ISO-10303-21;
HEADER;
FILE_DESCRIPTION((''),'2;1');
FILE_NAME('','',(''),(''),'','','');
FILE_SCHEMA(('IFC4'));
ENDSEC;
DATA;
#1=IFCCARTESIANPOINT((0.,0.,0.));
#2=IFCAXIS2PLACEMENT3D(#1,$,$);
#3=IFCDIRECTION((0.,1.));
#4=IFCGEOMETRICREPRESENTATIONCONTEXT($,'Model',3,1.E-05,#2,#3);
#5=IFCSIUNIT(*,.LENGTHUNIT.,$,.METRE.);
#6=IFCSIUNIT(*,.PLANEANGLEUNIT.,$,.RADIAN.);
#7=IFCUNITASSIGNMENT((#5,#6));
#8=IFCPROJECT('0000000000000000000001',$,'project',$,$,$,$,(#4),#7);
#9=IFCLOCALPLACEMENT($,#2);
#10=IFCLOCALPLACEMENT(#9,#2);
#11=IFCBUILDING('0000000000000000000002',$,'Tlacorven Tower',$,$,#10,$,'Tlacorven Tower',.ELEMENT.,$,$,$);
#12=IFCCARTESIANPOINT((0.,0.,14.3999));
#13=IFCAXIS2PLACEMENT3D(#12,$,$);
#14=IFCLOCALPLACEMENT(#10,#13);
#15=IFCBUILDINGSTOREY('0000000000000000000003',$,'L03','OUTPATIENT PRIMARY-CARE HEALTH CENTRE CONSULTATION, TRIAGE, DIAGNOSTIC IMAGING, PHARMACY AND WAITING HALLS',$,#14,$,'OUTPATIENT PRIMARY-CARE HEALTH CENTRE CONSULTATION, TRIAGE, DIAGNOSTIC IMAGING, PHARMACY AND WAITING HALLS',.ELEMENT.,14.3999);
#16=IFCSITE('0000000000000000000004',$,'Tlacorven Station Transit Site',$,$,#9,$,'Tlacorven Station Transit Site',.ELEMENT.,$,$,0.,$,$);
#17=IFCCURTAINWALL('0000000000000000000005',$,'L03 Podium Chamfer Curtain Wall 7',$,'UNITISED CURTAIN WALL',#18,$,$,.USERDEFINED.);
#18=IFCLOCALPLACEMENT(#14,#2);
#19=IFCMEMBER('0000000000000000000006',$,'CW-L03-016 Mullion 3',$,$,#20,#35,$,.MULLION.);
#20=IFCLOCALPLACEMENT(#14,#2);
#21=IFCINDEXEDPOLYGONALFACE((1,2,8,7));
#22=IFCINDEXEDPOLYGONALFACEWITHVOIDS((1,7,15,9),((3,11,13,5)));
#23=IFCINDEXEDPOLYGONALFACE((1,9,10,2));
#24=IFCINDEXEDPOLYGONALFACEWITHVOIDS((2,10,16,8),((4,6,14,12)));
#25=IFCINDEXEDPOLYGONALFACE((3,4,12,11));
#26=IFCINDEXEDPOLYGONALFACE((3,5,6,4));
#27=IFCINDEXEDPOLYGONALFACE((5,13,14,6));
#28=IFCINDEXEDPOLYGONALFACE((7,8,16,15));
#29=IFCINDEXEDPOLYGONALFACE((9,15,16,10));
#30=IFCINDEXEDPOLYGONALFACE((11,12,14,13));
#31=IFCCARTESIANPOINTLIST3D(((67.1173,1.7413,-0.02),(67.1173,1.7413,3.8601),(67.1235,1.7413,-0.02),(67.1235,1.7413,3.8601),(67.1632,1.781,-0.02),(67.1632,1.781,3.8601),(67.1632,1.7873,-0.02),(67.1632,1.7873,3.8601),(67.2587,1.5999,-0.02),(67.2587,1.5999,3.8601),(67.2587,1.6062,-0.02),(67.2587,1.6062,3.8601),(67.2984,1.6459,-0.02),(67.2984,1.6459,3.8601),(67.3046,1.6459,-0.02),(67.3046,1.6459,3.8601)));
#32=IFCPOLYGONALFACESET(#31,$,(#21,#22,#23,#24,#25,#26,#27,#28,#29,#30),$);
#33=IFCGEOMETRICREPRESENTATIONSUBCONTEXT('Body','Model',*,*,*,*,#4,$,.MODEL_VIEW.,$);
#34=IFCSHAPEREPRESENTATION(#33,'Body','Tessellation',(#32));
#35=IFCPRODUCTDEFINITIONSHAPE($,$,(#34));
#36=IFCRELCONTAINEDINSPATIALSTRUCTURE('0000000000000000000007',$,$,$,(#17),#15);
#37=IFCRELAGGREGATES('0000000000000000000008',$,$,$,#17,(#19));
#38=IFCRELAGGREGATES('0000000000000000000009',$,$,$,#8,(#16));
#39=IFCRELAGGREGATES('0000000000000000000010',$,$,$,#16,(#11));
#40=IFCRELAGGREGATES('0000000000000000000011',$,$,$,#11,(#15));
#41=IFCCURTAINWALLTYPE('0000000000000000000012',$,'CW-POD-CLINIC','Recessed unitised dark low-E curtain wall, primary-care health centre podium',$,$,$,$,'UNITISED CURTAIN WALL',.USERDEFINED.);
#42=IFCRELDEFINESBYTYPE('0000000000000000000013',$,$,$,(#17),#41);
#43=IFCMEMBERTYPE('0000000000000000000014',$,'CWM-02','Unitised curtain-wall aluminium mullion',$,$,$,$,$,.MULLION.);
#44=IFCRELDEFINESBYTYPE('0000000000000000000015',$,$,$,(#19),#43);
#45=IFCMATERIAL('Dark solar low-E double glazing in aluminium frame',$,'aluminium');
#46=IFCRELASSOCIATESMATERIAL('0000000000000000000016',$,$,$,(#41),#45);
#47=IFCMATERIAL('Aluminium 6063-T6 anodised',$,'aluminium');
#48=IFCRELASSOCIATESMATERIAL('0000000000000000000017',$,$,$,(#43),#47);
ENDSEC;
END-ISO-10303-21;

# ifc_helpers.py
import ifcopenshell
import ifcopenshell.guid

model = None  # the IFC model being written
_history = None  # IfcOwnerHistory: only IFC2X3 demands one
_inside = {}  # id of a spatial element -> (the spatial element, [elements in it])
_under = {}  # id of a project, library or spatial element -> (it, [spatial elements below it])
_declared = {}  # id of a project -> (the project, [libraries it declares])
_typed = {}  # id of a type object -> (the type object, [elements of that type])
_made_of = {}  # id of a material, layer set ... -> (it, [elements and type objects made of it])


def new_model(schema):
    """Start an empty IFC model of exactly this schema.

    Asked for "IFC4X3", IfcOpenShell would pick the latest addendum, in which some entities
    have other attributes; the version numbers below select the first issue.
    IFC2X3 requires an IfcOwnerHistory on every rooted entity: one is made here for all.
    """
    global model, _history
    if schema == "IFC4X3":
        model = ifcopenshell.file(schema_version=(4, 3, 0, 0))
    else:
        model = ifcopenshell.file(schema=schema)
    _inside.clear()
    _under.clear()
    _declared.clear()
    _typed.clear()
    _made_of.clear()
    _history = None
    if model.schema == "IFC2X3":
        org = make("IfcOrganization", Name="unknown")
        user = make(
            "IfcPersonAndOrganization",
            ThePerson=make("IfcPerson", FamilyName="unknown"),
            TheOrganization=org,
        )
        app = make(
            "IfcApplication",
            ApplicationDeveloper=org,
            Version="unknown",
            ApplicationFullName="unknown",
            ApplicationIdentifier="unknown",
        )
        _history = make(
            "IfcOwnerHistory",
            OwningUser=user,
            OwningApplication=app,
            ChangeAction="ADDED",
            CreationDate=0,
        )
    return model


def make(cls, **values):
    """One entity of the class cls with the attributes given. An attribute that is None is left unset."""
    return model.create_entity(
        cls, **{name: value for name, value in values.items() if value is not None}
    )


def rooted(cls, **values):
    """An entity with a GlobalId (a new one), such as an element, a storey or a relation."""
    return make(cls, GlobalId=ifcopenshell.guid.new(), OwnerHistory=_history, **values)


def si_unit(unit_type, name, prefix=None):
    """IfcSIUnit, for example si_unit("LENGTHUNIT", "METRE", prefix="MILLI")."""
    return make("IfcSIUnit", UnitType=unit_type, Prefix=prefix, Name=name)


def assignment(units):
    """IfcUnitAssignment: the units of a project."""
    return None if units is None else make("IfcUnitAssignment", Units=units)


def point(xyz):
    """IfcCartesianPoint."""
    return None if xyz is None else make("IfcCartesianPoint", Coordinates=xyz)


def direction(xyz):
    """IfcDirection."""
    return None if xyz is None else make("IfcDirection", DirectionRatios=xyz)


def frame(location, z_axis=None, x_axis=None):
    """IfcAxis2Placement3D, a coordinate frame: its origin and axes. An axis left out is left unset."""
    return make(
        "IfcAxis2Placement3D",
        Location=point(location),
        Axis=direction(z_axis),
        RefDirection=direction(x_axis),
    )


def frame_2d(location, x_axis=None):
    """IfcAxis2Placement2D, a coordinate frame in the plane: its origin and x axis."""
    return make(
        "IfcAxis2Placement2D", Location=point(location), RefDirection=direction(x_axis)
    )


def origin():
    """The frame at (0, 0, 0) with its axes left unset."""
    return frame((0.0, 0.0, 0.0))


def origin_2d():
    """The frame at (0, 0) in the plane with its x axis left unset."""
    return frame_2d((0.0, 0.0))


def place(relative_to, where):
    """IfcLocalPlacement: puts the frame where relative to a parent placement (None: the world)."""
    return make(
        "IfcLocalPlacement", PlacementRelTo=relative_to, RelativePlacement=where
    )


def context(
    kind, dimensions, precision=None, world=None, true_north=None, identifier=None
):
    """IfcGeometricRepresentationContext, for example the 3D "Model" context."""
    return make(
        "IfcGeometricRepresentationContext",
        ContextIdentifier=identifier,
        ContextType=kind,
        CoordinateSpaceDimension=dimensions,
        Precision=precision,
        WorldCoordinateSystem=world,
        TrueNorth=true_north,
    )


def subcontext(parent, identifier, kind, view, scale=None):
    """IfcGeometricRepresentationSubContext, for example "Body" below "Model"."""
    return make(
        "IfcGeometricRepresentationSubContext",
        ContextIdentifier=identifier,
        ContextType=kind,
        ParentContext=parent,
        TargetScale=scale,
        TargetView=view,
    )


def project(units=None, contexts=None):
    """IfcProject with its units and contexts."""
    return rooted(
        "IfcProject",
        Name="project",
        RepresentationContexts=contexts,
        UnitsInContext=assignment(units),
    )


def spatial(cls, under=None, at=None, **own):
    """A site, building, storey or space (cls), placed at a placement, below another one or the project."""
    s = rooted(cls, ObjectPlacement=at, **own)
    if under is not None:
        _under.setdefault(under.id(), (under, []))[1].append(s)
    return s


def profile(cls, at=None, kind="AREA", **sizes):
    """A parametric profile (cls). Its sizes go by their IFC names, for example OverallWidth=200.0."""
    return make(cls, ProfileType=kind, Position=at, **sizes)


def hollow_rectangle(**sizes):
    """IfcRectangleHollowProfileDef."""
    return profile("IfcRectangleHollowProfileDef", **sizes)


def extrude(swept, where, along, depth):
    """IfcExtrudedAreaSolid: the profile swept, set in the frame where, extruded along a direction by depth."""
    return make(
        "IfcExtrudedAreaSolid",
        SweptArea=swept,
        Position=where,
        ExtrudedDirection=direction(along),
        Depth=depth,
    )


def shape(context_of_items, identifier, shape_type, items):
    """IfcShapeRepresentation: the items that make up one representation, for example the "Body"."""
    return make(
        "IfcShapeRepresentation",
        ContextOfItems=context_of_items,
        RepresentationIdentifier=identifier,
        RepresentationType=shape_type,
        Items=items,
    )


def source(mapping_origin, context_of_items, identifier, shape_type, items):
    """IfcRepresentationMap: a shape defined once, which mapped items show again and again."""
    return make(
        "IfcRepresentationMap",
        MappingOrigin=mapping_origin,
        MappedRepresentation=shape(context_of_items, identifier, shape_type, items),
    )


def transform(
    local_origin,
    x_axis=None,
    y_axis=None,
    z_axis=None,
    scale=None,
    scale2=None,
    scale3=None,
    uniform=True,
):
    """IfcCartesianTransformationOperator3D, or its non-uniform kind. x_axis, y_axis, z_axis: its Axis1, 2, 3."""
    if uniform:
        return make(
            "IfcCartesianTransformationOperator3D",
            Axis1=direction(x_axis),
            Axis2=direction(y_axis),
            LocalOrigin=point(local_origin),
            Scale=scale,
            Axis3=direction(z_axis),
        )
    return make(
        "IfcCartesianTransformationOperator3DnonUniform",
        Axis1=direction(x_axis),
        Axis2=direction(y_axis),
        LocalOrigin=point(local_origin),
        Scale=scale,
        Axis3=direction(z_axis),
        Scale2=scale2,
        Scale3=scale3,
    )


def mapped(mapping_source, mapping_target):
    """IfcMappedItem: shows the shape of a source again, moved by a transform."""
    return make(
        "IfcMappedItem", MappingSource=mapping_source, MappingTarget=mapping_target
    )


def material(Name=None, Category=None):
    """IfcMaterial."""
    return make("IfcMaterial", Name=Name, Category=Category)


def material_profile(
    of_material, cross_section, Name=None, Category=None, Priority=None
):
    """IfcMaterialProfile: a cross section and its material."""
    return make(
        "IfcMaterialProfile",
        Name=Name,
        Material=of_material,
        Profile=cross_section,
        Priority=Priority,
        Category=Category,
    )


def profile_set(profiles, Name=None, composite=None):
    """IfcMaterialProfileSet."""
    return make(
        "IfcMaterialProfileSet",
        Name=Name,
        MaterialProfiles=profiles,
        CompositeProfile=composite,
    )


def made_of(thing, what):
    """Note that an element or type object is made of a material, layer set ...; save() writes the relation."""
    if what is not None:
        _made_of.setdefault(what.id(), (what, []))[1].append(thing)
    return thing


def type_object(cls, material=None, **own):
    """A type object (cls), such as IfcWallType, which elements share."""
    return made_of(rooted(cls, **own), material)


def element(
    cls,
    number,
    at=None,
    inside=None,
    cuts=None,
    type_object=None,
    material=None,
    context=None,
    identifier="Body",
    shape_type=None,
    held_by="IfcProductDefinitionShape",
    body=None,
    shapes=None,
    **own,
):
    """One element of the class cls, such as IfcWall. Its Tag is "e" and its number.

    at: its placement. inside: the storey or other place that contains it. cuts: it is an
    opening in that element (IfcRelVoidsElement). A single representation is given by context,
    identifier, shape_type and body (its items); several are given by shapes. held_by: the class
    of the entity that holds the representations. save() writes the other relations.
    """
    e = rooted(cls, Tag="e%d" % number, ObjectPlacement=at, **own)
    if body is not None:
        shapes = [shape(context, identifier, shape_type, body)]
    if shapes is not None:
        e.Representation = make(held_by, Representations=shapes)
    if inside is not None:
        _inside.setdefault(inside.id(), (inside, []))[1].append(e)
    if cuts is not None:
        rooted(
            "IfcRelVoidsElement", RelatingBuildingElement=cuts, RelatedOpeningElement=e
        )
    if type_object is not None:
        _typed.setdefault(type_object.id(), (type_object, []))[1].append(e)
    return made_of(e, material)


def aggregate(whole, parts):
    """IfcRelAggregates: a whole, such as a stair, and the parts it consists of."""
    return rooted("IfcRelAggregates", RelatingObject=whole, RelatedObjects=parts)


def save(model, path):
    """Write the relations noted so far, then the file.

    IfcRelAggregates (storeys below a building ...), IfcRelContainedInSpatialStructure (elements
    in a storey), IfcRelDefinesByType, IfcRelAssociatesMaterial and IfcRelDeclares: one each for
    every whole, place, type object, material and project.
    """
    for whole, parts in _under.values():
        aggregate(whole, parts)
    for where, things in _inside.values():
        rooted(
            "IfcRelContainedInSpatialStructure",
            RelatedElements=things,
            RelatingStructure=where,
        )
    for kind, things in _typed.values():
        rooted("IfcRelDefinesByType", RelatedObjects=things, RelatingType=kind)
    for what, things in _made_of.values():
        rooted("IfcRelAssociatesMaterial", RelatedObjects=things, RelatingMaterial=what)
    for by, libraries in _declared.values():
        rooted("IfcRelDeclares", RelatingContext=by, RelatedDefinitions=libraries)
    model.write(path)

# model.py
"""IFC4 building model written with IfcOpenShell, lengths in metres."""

from ifc_helpers import new_model, si_unit, direction, frame, origin, origin_2d, place, context, subcontext, project, spatial, hollow_rectangle, extrude, source, transform, mapped, material, material_profile, profile_set, type_object, element, aggregate, save


model = new_model("IFC4")

# Units and contexts
model_context = context("Model", 3, precision=1e-05, world=origin(), true_north=direction((0.0, 1.0)))
body_context = subcontext(model_context, "Body", "Model", "MODEL_VIEW")
ifc_project = project(units=[si_unit("LENGTHUNIT", "METRE"), si_unit("PLANEANGLEUNIT", "RADIAN")], contexts=[model_context])

# Site, building, storey
site_placement = place(None, origin())
site = spatial("IfcSite", under=ifc_project, at=site_placement, Name="Tlacorven Station Transit Site", LongName="Tlacorven Station Transit Site", CompositionType="ELEMENT", RefElevation=0.0)
building_placement = place(site_placement, origin())
building = spatial("IfcBuilding", under=site, at=building_placement, Name="Tlacorven Tower", LongName="Tlacorven Tower", CompositionType="ELEMENT")
storey_placement = place(building_placement, frame((0.0, 0.0, 14.3999)))
storey = spatial("IfcBuildingStorey", under=building, at=storey_placement, Name="L03", Description="OUTPATIENT PRIMARY-CARE HEALTH CENTRE CONSULTATION, TRIAGE, DIAGNOSTIC IMAGING, PHARMACY AND WAITING HALLS", LongName="OUTPATIENT PRIMARY-CARE HEALTH CENTRE CONSULTATION, TRIAGE, DIAGNOSTIC IMAGING, PHARMACY AND WAITING HALLS", CompositionType="ELEMENT", Elevation=14.3999)

# Curtain wall, member
ifc_material_1 = material(Name="Dark solar low-E double glazing in aluminium frame", Category="aluminium")
curtain_wall_type = type_object("IfcCurtainWallType", Name="CW-POD-CLINIC", Description="Recessed unitised dark low-E curtain wall, primary-care health centre podium", ElementType="UNITISED CURTAIN WALL", PredefinedType="USERDEFINED", material=ifc_material_1)
curtain_wall_placement = place(storey_placement, origin())
curtain_wall = element("IfcCurtainWall", 1, at=curtain_wall_placement, inside=storey, type_object=curtain_wall_type, Name="L03 Podium Chamfer Curtain Wall 7", ObjectType="UNITISED CURTAIN WALL", PredefinedType="USERDEFINED")
ifc_material_2 = material(Name="Aluminium 6063-T6 anodised", Category="aluminium")
ifc_material_profile = material_profile(ifc_material_2, hollow_rectangle(XDim=0.0649, YDim=0.2, WallThickness=0.0044, at=origin_2d()), Name="ALU MULLION 65X200")
ifc_profile_set = profile_set([ifc_material_profile], Name="Aluminium 6063-T6 anodised")
member_type = type_object("IfcMemberType", Name="CWM-02", Description="Unitised curtain-wall aluminium mullion", PredefinedType="MULLION", material=ifc_profile_set)
shared_shape_1 = source(origin(), body_context, "Body", "SweptSolid", [
    extrude(hollow_rectangle(XDim=0.0649, YDim=0.2, WallThickness=0.0044, at=origin_2d()), origin(), (0.0, 0.0, 1.0), 3.8801),
])
member_placement = place(storey_placement, frame((67.2109, 1.6936, -0.02), z_axis=(0.0, 0.0, 1.0), x_axis=(-0.707107, -0.707107, 0.0)))
member = element("IfcMember", 2, at=member_placement, type_object=member_type, Name="CW-L03-016 Mullion 3", PredefinedType="MULLION", context=body_context, shape_type="MappedRepresentation", body=[
    mapped(shared_shape_1, transform((0.0, 0.0, 0.0), scale=1.0)),
])
aggregate(curtain_wall, [member])

save(model, "model.ifc")
